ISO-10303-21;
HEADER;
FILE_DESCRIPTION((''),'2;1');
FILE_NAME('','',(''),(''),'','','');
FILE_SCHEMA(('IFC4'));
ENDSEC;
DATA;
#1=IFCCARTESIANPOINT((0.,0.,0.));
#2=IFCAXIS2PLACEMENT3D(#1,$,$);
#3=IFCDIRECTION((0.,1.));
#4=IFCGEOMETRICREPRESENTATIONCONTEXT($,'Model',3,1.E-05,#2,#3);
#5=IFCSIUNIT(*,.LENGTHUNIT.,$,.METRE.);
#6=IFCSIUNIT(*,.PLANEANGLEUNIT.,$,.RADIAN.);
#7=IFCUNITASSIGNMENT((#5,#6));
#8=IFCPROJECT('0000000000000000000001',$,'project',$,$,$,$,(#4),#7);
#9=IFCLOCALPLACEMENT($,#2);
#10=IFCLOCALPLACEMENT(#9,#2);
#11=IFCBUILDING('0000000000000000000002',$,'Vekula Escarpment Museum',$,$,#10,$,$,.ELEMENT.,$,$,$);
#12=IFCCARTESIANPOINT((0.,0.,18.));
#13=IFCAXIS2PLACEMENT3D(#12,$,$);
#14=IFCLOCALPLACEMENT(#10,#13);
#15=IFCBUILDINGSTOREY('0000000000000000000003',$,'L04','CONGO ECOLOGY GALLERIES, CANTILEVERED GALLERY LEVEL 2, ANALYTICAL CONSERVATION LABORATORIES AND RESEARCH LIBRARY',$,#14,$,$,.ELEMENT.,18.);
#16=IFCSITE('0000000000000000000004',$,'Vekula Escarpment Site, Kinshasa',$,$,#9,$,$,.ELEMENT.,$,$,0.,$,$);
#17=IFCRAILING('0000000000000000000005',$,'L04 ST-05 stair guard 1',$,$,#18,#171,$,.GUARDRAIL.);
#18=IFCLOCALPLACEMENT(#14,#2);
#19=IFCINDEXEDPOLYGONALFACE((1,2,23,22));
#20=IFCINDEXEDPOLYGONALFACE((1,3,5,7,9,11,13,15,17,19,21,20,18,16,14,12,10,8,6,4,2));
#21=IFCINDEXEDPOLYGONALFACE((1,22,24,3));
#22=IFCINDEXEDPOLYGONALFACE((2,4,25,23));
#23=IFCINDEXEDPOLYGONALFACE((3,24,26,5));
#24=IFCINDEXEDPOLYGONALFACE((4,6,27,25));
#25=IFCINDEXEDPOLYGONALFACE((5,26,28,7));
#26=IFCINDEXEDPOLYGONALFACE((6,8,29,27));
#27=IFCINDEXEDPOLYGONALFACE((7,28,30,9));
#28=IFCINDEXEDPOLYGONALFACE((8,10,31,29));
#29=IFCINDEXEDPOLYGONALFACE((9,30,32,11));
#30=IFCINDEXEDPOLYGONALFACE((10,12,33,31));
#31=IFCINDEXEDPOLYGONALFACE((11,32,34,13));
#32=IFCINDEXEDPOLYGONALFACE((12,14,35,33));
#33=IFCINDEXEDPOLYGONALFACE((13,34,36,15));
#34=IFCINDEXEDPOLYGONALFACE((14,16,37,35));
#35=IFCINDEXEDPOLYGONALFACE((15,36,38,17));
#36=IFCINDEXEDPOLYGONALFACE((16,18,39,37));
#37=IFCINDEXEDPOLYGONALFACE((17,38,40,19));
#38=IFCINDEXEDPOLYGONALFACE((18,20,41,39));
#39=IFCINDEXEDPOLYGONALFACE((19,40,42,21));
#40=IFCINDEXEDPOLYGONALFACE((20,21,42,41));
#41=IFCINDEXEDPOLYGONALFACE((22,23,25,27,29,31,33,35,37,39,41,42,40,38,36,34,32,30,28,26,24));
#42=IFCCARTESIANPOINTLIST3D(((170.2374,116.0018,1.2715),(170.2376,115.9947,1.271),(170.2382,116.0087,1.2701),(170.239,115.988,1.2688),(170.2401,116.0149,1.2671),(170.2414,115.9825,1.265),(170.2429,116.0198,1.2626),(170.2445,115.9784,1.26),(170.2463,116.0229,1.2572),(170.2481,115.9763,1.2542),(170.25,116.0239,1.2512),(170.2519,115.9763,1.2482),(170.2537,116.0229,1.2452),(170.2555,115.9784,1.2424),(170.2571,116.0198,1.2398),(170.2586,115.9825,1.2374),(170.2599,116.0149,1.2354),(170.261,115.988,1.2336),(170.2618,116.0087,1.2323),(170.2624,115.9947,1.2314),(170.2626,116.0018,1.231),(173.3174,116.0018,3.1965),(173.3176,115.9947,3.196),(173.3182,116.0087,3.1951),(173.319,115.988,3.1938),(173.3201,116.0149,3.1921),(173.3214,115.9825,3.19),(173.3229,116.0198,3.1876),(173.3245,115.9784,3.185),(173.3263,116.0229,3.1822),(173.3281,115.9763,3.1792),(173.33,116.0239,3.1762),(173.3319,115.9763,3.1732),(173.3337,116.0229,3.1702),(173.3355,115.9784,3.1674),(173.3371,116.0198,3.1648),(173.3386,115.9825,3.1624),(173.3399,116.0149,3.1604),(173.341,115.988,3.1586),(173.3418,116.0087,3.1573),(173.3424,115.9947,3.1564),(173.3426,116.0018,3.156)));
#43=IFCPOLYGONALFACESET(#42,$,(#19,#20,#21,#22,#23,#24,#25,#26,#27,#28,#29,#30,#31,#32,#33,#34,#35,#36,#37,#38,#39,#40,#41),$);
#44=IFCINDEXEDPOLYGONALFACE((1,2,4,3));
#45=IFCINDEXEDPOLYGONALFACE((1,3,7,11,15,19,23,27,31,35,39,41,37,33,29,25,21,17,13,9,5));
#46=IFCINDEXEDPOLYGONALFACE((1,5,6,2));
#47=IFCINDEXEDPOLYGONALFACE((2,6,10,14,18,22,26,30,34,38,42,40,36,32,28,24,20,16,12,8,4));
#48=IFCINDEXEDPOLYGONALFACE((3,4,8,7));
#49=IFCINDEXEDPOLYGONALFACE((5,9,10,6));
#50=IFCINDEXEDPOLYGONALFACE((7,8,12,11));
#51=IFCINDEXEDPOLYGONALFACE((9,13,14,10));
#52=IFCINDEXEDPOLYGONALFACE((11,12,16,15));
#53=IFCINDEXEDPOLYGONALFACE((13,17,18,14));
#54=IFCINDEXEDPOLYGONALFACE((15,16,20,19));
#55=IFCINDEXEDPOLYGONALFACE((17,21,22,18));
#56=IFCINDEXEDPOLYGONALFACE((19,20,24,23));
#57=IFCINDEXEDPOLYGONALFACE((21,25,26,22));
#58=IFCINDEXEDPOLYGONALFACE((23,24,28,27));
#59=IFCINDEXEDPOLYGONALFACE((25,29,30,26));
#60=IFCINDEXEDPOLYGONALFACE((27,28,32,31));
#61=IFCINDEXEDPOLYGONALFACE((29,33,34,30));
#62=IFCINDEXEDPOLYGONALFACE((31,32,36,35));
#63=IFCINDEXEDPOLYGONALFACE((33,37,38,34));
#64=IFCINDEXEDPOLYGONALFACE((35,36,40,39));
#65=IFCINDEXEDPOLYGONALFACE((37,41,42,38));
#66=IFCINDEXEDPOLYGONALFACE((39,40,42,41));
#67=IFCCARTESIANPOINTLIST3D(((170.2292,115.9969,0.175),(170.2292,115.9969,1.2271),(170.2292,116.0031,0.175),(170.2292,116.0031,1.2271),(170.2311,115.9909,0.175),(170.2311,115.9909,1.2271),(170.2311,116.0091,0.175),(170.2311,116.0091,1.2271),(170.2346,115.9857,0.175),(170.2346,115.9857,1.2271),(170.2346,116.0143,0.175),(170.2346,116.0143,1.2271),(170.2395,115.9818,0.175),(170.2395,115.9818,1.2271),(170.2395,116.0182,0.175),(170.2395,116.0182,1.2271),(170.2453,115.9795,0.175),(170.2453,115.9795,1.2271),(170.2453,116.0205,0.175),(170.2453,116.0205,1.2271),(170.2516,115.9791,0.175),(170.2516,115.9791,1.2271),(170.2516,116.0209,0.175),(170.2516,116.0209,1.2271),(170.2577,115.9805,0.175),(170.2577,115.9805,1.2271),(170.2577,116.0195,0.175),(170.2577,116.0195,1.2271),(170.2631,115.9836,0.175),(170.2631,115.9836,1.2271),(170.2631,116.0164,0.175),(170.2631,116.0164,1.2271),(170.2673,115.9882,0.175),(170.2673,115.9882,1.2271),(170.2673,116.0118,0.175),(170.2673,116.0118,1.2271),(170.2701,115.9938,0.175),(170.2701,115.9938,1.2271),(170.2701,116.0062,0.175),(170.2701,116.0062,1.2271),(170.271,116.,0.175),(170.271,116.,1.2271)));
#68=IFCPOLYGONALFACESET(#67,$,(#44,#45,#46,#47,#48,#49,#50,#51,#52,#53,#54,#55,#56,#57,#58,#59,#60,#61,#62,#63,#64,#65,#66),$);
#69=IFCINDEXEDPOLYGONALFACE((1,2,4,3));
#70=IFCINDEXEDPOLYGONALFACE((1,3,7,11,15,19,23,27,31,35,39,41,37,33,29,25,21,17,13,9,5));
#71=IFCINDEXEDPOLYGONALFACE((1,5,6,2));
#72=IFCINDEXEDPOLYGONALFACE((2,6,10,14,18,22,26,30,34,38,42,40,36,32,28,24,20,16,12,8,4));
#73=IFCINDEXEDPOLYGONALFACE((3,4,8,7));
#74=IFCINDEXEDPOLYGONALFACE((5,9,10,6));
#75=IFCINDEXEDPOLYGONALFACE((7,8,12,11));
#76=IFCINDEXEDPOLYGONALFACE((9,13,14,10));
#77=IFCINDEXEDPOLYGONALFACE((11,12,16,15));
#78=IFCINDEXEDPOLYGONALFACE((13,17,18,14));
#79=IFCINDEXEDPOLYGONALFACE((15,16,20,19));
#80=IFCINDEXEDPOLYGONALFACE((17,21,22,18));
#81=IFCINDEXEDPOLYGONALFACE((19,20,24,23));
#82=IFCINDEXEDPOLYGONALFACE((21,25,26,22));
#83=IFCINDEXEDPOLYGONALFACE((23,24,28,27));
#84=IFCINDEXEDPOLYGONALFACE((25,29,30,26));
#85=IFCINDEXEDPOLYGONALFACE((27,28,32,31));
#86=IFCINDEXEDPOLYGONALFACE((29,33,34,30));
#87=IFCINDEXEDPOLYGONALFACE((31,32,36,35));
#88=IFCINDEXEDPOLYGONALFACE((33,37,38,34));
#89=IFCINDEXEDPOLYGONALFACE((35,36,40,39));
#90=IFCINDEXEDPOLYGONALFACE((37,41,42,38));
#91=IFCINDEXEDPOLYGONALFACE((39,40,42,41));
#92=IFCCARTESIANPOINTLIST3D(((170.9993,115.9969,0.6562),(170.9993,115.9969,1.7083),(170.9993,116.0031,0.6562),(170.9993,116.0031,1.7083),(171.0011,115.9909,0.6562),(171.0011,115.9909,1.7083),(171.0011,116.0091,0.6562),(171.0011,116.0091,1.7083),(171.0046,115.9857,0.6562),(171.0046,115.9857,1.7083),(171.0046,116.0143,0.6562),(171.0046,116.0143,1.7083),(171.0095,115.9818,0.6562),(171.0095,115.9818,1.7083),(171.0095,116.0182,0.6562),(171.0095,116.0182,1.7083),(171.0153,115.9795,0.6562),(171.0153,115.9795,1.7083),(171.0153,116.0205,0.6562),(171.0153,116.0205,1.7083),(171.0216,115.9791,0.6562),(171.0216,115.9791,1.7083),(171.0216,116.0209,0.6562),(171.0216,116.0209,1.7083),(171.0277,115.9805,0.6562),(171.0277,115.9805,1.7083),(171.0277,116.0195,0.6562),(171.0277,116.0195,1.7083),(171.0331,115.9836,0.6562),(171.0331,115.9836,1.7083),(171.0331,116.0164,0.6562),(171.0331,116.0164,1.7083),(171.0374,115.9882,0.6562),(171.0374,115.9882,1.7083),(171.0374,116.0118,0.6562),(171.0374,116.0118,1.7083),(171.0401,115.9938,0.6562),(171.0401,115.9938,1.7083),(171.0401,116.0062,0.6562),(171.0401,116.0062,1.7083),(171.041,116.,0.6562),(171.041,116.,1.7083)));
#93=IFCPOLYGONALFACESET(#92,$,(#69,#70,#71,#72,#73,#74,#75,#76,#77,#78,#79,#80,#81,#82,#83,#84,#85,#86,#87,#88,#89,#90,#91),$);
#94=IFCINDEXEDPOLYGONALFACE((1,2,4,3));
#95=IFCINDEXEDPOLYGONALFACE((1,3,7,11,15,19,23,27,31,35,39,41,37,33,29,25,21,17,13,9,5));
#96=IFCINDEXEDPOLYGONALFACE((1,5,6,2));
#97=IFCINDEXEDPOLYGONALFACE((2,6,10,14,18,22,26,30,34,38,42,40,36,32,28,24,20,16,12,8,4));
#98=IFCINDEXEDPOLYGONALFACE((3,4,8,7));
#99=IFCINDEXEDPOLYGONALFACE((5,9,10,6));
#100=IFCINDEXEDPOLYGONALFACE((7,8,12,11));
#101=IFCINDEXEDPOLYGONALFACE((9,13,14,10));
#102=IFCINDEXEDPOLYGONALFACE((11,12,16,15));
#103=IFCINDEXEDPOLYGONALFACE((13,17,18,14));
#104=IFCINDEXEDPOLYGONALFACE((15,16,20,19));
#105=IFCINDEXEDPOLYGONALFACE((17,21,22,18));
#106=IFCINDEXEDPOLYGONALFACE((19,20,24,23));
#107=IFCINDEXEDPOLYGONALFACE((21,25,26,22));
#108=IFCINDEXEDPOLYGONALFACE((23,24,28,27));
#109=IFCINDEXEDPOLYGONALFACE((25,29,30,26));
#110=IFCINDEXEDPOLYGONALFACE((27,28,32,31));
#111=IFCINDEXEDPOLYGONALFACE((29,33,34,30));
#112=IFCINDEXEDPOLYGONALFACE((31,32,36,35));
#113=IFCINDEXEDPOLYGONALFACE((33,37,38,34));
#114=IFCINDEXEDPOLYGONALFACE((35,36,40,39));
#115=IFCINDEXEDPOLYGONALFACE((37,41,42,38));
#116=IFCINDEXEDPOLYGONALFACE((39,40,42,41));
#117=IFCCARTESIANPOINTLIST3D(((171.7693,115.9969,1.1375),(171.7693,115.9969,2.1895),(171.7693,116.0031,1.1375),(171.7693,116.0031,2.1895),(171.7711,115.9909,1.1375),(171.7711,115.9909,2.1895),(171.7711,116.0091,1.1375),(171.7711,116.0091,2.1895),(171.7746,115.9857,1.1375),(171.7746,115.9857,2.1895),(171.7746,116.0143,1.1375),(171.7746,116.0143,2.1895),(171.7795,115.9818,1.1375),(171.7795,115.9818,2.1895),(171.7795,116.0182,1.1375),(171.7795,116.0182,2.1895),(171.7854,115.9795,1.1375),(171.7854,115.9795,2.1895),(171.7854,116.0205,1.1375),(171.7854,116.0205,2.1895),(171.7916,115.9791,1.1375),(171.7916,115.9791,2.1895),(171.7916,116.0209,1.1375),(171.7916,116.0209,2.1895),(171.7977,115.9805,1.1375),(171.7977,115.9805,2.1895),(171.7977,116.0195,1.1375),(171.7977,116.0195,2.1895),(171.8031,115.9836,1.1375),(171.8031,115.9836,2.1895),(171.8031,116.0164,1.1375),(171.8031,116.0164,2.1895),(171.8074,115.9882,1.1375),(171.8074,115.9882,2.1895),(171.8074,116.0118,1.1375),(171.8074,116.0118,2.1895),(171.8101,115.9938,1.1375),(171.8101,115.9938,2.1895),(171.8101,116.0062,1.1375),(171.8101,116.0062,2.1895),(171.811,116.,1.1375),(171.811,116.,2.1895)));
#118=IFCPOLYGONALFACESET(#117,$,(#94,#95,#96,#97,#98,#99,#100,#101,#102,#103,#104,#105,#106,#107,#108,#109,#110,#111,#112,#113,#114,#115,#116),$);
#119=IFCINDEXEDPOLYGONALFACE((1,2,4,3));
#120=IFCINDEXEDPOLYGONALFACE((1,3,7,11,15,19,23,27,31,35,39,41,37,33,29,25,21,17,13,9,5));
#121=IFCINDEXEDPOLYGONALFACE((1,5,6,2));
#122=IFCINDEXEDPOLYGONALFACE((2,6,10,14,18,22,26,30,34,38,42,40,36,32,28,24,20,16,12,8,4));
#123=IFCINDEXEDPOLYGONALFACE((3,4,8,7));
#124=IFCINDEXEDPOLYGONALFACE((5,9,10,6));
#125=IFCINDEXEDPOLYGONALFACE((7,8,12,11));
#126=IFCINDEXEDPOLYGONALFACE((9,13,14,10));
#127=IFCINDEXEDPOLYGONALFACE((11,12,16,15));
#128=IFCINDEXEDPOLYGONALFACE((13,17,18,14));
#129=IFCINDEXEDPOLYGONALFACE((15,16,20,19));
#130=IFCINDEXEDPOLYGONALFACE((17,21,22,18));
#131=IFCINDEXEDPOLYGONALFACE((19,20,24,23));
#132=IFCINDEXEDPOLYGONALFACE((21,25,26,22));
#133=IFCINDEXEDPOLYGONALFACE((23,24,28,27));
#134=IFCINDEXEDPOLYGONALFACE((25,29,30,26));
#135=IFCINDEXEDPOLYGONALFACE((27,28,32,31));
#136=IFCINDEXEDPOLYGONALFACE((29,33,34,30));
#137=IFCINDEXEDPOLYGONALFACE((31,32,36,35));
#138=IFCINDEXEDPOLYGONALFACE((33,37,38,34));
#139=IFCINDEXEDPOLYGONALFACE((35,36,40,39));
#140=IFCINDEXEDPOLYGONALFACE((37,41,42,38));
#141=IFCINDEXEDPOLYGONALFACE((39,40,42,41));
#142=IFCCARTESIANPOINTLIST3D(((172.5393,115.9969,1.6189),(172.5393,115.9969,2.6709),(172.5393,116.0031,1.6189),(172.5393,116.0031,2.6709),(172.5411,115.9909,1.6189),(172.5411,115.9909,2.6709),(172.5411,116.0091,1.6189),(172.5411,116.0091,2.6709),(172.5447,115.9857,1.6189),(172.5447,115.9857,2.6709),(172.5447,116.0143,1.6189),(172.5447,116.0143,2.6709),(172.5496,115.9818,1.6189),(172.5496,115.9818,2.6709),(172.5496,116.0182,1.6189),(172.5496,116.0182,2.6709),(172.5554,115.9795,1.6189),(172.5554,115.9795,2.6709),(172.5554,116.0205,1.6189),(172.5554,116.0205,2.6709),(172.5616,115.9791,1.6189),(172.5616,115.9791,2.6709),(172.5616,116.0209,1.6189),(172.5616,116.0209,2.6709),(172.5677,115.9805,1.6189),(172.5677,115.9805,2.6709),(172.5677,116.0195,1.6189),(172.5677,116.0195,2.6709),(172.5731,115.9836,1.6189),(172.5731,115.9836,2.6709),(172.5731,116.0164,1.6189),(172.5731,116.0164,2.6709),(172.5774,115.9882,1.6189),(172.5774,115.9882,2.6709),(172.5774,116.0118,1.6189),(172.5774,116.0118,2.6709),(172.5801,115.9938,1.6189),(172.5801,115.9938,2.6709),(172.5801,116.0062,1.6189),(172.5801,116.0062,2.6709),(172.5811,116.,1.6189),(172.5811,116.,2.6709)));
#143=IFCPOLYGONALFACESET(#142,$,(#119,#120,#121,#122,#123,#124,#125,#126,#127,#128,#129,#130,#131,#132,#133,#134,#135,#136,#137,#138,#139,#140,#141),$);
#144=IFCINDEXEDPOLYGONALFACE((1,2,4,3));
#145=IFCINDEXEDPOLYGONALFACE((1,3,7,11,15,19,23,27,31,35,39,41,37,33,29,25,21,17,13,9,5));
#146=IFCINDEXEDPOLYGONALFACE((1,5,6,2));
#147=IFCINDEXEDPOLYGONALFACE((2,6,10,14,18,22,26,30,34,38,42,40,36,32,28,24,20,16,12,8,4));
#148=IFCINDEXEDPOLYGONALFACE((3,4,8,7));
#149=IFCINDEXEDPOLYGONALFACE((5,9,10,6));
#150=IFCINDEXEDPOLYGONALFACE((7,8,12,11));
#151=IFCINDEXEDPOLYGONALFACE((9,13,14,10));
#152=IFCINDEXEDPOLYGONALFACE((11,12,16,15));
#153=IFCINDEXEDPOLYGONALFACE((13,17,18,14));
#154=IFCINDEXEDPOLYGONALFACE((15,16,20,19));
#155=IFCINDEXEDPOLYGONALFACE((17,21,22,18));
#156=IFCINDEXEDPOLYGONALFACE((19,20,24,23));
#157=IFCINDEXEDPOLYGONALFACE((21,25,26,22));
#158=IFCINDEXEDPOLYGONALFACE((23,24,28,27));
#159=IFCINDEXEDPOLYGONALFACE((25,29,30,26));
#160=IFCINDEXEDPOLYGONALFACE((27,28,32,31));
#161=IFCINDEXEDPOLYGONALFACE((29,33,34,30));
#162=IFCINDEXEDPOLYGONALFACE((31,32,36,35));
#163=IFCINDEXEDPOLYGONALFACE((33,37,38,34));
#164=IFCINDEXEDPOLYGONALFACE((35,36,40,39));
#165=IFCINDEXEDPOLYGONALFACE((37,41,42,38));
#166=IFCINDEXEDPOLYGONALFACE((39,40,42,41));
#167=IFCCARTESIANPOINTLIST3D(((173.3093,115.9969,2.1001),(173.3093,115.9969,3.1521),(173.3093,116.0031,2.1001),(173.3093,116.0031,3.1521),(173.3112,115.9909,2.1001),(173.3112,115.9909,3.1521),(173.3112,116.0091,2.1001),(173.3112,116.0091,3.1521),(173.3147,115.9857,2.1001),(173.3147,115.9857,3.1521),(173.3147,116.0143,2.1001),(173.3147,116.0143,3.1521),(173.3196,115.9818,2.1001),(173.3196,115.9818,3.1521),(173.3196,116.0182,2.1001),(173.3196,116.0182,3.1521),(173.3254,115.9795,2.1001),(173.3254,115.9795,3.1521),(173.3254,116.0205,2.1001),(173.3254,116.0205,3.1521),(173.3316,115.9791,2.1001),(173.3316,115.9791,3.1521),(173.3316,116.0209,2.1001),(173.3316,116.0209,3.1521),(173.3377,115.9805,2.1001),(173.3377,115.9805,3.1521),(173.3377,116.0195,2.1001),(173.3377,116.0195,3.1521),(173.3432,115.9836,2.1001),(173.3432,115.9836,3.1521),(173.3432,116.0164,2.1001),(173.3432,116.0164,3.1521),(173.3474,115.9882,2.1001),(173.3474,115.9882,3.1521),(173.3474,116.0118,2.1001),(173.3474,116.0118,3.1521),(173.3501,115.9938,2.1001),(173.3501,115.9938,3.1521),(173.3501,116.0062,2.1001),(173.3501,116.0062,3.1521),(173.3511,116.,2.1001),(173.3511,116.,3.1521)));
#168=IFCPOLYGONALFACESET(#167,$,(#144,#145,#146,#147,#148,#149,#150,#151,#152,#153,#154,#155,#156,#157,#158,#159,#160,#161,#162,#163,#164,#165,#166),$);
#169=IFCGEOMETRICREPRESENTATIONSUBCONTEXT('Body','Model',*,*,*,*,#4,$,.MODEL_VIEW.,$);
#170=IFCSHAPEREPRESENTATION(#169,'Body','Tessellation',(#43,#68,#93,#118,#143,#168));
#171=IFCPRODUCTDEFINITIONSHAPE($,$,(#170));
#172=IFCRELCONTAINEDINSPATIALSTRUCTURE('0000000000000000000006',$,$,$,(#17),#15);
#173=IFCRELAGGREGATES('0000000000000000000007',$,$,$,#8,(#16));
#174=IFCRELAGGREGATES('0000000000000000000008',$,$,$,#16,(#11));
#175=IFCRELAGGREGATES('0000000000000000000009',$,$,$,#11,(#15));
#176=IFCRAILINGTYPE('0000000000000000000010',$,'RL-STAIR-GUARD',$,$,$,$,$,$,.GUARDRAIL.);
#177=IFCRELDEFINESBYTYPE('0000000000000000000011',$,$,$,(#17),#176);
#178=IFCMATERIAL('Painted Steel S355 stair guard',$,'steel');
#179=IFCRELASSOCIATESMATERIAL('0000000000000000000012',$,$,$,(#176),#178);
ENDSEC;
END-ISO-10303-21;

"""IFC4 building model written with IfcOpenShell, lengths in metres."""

from ifc_helpers import new_model, si_unit, direction, frame, origin, origin_2d, place, context, subcontext, project, spatial, circle, extrude, material, type_object, element, save


model = new_model("IFC4")

# Units and contexts
model_context = context("Model", 3, precision=1e-05, world=origin(), true_north=direction((0.0, 1.0)))
body_context = subcontext(model_context, "Body", "Model", "MODEL_VIEW")
ifc_project = project(units=[si_unit("LENGTHUNIT", "METRE"), si_unit("PLANEANGLEUNIT", "RADIAN")], contexts=[model_context])

# Site, building, storey
site_placement = place(None, origin())
site = spatial("IfcSite", under=ifc_project, at=site_placement, Name="Vekula Escarpment Site, Kinshasa", CompositionType="ELEMENT", RefElevation=0.0)
building_placement = place(site_placement, origin())
building = spatial("IfcBuilding", under=site, at=building_placement, Name="Vekula Escarpment Museum", CompositionType="ELEMENT")
storey_placement = place(building_placement, frame((0.0, 0.0, 18.0)))
storey = spatial("IfcBuildingStorey", under=building, at=storey_placement, Name="L04", Description="CONGO ECOLOGY GALLERIES, CANTILEVERED GALLERY LEVEL 2, ANALYTICAL CONSERVATION LABORATORIES AND RESEARCH LIBRARY", CompositionType="ELEMENT", Elevation=18.0)

# Railing
ifc_material_1 = material(Name="Painted Steel S355 stair guard", Category="steel")
railing_type = type_object("IfcRailingType", Name="RL-STAIR-GUARD", PredefinedType="GUARDRAIL", material=ifc_material_1)
railing_1_placement = place(storey_placement, frame((170.25, 116.0, 0.175)))
element("IfcRailing", 1, at=railing_1_placement, inside=storey, type_object=railing_type, Name="L04 ST-05 stair guard 1", PredefinedType="GUARDRAIL", context=body_context, shape_type="SweptSolid", body=[
    extrude(circle(Radius=0.0239, at=origin_2d()), frame((0.0, 0.0, 1.0762), z_axis=(0.847998, 0.0, 0.529999), x_axis=(0.0, 1.0, 0.0)), (0.0, 0.0, 1.0), 3.6321),
    extrude(circle(Radius=0.021, at=origin_2d()), origin(), (0.0, 0.0, 1.0), 1.052),
    extrude(circle(Radius=0.021, at=origin_2d()), frame((0.77, 0.0, 0.4812)), (0.0, 0.0, 1.0), 1.052),
    extrude(circle(Radius=0.021, at=origin_2d()), frame((1.54, 0.0, 0.9624)), (0.0, 0.0, 1.0), 1.052),
    extrude(circle(Radius=0.021, at=origin_2d()), frame((2.3101, 0.0, 1.4438)), (0.0, 0.0, 1.0), 1.052),
    extrude(circle(Radius=0.021, at=origin_2d()), frame((3.0801, 0.0, 1.925)), (0.0, 0.0, 1.0), 1.052),
])

save(model, "model.ifc")
